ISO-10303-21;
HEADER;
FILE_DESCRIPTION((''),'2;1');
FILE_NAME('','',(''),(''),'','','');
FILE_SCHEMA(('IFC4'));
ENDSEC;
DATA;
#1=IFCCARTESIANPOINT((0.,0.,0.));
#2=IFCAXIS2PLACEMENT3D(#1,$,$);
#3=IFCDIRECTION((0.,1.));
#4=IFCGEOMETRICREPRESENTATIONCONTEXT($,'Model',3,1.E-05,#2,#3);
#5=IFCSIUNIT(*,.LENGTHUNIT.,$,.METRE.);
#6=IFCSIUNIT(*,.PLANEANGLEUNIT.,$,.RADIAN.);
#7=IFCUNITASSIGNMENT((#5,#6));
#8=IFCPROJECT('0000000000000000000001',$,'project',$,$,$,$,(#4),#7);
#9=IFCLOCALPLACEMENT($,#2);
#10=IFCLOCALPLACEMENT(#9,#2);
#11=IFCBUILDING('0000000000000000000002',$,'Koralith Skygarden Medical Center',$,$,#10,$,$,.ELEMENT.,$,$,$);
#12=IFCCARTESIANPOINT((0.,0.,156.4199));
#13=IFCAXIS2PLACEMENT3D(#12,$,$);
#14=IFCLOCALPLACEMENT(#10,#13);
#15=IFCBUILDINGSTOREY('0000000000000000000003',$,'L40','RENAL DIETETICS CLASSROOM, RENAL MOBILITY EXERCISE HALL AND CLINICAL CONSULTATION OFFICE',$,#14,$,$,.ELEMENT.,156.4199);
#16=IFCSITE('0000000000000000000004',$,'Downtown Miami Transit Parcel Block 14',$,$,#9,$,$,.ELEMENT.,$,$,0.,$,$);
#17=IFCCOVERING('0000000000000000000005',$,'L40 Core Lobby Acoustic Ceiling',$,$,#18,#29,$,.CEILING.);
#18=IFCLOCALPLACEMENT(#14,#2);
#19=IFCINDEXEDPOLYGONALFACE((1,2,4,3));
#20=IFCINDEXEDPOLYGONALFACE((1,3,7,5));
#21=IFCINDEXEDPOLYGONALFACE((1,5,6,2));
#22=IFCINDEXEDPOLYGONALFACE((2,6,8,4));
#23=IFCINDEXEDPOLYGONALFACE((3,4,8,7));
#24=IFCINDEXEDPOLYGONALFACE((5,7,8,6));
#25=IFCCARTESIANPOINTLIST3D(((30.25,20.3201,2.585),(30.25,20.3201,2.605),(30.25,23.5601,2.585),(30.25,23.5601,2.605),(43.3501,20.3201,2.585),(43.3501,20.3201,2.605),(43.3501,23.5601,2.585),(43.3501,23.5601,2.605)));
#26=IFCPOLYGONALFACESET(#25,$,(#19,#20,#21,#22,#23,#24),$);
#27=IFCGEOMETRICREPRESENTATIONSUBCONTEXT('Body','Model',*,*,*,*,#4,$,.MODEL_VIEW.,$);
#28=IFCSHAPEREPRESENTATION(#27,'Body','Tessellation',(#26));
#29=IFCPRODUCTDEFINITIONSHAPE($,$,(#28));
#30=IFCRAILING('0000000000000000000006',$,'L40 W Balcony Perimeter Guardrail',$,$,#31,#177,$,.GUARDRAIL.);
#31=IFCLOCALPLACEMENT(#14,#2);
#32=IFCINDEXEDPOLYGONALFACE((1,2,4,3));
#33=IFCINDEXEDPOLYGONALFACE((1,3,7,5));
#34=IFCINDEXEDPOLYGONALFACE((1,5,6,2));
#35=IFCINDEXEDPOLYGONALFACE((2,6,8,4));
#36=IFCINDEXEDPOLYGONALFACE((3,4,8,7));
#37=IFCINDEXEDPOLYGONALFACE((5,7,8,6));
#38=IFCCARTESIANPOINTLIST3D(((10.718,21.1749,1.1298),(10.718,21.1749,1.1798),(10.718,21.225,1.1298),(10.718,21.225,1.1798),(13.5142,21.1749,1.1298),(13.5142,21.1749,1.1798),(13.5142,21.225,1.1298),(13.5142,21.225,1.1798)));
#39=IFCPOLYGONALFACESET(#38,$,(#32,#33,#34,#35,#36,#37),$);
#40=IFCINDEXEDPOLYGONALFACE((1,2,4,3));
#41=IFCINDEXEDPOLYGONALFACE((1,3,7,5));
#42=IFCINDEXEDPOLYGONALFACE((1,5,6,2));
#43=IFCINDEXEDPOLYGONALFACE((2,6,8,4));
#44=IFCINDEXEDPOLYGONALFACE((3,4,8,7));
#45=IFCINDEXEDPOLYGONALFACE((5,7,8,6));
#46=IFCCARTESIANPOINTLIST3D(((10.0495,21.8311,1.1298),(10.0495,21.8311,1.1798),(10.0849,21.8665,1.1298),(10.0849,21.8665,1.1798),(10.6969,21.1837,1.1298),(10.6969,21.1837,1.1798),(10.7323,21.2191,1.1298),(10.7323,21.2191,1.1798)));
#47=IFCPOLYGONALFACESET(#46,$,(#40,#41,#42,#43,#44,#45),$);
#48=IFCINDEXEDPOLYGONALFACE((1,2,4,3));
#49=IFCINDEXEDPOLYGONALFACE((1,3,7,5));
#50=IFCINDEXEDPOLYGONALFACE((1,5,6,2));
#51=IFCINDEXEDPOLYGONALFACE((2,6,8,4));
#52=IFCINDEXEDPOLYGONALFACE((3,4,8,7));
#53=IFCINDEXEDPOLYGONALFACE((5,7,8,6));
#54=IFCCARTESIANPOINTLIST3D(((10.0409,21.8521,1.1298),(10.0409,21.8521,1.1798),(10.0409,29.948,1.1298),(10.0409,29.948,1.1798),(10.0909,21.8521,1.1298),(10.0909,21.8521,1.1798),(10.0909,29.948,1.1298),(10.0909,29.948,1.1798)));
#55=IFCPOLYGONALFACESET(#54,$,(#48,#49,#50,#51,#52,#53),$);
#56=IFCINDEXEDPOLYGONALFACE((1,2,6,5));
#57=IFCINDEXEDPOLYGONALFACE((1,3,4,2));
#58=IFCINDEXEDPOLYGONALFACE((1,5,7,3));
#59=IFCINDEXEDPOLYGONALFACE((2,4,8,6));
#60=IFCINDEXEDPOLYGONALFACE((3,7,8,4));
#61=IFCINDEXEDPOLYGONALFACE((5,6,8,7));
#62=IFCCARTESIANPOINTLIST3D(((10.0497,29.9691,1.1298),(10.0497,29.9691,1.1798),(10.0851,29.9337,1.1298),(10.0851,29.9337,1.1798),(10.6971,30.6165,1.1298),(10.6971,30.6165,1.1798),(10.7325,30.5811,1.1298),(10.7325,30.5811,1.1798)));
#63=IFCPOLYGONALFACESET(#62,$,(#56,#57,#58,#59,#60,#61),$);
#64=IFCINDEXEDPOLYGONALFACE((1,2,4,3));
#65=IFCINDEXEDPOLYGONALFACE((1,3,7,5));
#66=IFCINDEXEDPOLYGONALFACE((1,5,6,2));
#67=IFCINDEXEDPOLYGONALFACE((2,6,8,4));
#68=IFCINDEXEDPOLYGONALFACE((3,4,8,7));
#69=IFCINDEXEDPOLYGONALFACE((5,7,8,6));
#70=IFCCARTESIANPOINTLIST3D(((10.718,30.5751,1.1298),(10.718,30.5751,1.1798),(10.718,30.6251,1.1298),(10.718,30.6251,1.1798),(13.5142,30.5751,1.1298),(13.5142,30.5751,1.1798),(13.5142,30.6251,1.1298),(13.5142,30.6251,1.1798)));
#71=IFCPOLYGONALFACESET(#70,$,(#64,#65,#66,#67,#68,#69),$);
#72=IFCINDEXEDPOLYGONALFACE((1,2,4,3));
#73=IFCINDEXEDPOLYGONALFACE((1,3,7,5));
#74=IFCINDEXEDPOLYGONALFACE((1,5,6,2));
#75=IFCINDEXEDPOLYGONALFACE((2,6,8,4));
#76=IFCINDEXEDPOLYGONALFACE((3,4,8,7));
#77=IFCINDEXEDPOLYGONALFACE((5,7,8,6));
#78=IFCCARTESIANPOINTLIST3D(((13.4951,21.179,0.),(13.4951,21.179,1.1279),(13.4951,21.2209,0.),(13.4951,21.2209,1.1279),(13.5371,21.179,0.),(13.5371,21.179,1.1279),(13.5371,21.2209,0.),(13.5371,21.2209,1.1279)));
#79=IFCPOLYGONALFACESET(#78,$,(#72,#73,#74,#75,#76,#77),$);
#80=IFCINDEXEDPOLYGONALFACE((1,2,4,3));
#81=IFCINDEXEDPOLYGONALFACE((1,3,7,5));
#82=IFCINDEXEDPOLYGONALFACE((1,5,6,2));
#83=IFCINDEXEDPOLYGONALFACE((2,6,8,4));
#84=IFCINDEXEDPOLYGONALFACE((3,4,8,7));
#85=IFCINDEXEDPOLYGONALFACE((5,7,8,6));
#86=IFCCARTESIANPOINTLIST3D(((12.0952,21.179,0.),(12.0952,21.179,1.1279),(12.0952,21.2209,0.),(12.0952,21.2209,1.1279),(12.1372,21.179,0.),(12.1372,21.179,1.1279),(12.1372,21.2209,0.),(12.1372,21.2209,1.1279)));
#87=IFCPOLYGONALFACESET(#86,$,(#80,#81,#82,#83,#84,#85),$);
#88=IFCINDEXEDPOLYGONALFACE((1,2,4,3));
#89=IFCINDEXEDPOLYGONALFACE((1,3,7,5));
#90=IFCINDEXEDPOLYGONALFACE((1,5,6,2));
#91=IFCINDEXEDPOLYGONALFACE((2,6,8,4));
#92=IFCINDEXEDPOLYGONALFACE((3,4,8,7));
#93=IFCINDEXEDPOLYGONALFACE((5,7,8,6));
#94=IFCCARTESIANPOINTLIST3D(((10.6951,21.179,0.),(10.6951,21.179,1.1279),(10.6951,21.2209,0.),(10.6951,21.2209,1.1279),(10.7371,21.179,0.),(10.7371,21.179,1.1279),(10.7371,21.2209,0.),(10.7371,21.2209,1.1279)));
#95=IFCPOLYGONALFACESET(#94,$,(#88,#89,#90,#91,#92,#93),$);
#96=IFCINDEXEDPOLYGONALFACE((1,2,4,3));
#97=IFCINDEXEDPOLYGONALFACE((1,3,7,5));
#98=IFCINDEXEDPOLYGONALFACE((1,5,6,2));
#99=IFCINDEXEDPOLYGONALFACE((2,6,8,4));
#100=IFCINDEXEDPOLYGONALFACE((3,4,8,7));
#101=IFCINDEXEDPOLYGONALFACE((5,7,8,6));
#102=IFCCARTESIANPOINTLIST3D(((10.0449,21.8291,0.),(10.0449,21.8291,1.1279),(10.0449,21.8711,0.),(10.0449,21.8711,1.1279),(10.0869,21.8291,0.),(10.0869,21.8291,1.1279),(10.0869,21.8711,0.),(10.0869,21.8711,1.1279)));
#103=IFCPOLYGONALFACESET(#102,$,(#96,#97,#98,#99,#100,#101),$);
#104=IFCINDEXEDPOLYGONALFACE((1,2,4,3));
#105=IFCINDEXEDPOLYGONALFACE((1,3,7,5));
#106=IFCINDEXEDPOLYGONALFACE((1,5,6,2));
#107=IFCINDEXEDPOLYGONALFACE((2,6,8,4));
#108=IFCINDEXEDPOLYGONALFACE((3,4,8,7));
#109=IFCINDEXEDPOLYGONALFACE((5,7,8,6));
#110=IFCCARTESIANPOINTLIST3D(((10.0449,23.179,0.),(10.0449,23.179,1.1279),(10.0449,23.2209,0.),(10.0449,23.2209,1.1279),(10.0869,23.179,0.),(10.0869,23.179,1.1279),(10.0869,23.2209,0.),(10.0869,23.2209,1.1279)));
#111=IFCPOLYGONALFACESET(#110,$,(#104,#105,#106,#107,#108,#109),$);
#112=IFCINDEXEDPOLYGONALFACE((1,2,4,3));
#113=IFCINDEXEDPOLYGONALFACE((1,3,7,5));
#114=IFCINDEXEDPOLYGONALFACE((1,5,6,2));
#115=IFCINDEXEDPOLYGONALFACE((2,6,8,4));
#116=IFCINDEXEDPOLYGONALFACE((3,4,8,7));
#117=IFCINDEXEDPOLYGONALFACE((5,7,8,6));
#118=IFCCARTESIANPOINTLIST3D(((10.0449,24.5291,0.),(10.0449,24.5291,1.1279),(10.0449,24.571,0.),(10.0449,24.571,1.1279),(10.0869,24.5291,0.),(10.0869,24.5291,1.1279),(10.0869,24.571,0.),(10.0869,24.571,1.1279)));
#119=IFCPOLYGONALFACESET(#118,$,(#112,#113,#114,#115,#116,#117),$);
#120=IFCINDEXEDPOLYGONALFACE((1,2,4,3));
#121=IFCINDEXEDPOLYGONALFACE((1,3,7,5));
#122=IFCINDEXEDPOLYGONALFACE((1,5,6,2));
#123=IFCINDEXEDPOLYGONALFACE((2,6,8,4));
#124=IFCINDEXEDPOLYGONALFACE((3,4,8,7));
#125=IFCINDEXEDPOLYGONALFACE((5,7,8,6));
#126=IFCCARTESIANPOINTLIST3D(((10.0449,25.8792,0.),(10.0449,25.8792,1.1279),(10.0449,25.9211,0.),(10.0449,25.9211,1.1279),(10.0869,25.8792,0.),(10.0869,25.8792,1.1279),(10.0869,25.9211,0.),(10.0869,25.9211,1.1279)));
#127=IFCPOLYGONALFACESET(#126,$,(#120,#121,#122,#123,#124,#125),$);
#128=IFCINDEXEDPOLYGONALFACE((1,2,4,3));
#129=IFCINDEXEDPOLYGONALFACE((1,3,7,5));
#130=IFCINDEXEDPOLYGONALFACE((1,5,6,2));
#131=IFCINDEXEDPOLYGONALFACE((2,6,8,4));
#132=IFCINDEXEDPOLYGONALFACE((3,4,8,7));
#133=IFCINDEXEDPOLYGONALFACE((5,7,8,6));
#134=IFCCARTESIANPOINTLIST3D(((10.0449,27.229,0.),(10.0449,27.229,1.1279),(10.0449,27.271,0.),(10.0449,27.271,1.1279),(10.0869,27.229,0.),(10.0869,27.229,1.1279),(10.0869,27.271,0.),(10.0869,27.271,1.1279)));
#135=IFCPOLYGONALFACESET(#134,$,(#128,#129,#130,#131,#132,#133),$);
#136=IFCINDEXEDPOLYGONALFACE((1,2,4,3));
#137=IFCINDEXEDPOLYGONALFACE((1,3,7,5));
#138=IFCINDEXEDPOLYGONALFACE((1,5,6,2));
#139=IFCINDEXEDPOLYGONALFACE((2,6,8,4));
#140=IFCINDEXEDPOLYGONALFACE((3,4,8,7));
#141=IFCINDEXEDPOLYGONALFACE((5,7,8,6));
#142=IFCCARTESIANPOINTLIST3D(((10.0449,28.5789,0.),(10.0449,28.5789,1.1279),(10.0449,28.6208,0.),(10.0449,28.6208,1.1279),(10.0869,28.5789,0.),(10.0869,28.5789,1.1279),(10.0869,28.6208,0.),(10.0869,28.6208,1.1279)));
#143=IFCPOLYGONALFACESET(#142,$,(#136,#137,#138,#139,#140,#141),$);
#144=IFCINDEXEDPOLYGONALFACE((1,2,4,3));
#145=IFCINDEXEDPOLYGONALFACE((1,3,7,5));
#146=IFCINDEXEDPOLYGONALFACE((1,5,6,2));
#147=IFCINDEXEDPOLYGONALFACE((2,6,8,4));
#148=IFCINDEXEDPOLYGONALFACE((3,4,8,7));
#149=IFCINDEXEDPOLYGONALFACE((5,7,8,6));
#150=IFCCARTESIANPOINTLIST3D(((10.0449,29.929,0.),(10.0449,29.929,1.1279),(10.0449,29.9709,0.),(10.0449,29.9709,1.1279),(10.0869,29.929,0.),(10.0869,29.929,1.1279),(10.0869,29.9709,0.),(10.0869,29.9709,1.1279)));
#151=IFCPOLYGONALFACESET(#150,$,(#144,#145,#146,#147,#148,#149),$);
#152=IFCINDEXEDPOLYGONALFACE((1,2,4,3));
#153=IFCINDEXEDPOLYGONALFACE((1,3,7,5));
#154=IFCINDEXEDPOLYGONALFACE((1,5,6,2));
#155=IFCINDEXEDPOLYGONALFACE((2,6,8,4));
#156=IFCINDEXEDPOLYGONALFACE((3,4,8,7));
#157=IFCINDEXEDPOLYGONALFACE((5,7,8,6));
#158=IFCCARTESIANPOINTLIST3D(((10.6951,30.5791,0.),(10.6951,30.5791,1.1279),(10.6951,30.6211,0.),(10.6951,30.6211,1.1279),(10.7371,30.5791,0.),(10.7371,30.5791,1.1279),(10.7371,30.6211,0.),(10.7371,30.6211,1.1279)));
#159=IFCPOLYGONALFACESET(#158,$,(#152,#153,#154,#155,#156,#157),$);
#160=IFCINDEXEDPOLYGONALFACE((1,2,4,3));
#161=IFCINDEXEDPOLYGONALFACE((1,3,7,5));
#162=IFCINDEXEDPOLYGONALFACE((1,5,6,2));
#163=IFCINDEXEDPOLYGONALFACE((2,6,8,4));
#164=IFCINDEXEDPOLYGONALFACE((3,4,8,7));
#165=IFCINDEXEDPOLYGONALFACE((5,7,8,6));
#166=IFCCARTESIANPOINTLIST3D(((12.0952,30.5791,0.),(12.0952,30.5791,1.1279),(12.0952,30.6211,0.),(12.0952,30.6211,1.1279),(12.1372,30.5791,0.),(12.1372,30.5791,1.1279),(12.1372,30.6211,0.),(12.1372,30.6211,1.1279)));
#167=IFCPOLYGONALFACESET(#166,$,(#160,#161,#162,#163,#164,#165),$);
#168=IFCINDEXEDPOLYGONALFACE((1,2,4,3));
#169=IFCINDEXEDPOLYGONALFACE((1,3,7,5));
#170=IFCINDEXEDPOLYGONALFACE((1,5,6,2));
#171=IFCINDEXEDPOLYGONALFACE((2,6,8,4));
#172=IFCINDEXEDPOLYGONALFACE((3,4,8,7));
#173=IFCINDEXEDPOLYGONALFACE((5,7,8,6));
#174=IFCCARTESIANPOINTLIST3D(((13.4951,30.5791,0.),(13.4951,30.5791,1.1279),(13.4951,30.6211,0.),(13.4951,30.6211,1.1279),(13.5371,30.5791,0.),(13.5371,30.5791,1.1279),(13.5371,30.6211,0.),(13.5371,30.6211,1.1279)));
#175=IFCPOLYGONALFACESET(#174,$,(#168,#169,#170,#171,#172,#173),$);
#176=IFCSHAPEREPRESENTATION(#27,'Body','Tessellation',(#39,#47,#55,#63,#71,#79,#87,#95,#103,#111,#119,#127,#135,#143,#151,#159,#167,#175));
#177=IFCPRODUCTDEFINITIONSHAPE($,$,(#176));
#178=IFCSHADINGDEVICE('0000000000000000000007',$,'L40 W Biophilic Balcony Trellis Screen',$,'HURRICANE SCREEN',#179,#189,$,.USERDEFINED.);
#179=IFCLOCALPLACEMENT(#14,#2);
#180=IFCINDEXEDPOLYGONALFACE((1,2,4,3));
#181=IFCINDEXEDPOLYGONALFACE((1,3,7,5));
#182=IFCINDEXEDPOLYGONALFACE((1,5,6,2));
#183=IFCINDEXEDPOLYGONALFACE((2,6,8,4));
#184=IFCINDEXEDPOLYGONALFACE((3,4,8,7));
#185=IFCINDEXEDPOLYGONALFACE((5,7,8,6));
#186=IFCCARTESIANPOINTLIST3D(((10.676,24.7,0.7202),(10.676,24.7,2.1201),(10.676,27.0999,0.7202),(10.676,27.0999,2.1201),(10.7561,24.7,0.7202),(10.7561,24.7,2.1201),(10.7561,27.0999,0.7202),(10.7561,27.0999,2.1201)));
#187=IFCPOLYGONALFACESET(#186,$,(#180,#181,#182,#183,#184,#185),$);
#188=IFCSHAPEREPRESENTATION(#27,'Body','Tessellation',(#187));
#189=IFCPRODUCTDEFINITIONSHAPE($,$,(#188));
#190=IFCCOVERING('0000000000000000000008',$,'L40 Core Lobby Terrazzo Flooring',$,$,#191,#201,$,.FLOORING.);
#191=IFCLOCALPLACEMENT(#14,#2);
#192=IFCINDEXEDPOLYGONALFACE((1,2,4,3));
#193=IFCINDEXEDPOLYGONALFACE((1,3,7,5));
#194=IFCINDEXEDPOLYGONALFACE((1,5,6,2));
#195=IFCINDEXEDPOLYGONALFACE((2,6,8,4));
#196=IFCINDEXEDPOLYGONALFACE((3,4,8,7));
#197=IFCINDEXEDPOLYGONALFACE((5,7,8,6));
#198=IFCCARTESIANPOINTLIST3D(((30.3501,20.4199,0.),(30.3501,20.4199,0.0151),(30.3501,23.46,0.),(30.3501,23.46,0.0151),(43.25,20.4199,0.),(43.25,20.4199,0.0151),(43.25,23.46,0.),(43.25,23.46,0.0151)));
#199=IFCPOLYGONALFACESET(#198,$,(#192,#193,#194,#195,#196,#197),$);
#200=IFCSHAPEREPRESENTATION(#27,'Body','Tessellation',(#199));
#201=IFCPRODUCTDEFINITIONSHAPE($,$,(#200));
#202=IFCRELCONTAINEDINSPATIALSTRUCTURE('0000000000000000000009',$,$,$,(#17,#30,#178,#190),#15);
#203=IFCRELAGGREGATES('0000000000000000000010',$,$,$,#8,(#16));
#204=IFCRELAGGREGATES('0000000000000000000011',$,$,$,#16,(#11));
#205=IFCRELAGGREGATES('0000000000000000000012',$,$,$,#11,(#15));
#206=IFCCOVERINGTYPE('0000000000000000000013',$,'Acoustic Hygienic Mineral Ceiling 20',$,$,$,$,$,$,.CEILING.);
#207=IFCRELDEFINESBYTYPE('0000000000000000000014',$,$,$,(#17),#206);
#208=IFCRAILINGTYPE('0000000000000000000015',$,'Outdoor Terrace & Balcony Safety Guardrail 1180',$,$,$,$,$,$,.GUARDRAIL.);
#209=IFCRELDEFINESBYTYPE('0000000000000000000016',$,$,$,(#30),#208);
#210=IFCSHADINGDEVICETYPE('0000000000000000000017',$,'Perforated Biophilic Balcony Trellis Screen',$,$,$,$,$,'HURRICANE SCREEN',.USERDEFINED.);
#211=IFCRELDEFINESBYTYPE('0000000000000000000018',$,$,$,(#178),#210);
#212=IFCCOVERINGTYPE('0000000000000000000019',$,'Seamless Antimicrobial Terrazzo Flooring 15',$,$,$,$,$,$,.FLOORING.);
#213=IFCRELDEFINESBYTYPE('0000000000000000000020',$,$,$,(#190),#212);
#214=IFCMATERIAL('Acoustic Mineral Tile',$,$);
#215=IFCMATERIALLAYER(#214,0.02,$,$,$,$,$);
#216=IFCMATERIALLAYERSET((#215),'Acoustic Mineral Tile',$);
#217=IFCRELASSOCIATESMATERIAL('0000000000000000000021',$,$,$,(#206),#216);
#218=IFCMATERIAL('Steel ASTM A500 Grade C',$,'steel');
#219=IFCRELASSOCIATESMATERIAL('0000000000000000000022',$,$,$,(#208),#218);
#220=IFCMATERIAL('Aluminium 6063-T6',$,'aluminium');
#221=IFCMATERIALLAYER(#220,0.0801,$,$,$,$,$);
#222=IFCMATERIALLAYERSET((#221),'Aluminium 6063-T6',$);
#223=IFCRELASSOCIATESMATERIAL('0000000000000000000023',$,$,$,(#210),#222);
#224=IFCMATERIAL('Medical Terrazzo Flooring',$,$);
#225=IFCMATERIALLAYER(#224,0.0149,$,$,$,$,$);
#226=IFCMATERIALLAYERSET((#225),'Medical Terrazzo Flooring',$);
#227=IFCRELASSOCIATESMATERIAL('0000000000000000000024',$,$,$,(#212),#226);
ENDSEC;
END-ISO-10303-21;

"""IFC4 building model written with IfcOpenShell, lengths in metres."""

from ifc_helpers import new_model, si_unit, direction, frame, origin, origin_2d, place, context, subcontext, project, spatial, polyline, rectangle, outline, extrude, material, layer, layer_set, type_object, element, save


model = new_model("IFC4")

# Units and contexts
model_context = context("Model", 3, precision=1e-05, world=origin(), true_north=direction((0.0, 1.0)))
body_context = subcontext(model_context, "Body", "Model", "MODEL_VIEW")
ifc_project = project(units=[si_unit("LENGTHUNIT", "METRE"), si_unit("PLANEANGLEUNIT", "RADIAN")], contexts=[model_context])

# Site, building, storey
site_placement = place(None, origin())
site = spatial("IfcSite", under=ifc_project, at=site_placement, Name="Downtown Miami Transit Parcel Block 14", CompositionType="ELEMENT", RefElevation=0.0)
building_placement = place(site_placement, origin())
building = spatial("IfcBuilding", under=site, at=building_placement, Name="Koralith Skygarden Medical Center", CompositionType="ELEMENT")
storey_placement = place(building_placement, frame((0.0, 0.0, 156.4199)))
storey = spatial("IfcBuildingStorey", under=building, at=storey_placement, Name="L40", Description="RENAL DIETETICS CLASSROOM, RENAL MOBILITY EXERCISE HALL AND CLINICAL CONSULTATION OFFICE", CompositionType="ELEMENT", Elevation=156.4199)

# Shared definitions
ifc_material_1 = material(Name="Aluminium 6063-T6", Category="aluminium")

# Covering
ifc_material_2 = material(Name="Acoustic Mineral Tile")
ifc_layer_1 = layer(ifc_material_2, 0.02)
ifc_layer_set_1 = layer_set([ifc_layer_1], Name="Acoustic Mineral Tile")
covering_type_1 = type_object("IfcCoveringType", Name="Acoustic Hygienic Mineral Ceiling 20", PredefinedType="CEILING", material=ifc_layer_set_1)
covering_1_placement = place(storey_placement, frame((0.0, 0.0, 2.585)))
element("IfcCovering", 1, at=covering_1_placement, inside=storey, type_object=covering_type_1, Name="L40 Core Lobby Acoustic Ceiling", PredefinedType="CEILING", context=body_context, shape_type="SweptSolid", body=[
    extrude(outline(polyline([(30.25, 20.3201), (43.3501, 20.3201), (43.3501, 23.5601), (30.25, 23.5601), (30.25, 20.3201)])), origin(), (0.0, 0.0, 1.0), 0.02),
])

# Railing
ifc_material_3 = material(Name="Steel ASTM A500 Grade C", Category="steel")
railing_type = type_object("IfcRailingType", Name="Outdoor Terrace & Balcony Safety Guardrail 1180", PredefinedType="GUARDRAIL", material=ifc_material_3)
railing_placement = place(storey_placement, frame((13.5161, 21.2, 0.0)))
element("IfcRailing", 2, at=railing_placement, inside=storey, type_object=railing_type, Name="L40 W Balcony Perimeter Guardrail", PredefinedType="GUARDRAIL", context=body_context, shape_type="SweptSolid", body=[
    extrude(rectangle(XDim=0.05, YDim=0.05, at=origin_2d()), frame((-0.002, 0.0, 1.1548), z_axis=(-1.0, 0.0, 0.0), x_axis=(0.0, -1.0, 0.0)), (0.0, 0.0, 1.0), 2.7961),
    extrude(rectangle(XDim=0.05, YDim=0.05, at=origin_2d()), frame((-2.8015, 0.0015, 1.1548), z_axis=(-0.707107, 0.707107, 0.0), x_axis=(-0.707107, -0.707107, 0.0)), (0.0, 0.0, 1.0), 0.9155),
    extrude(rectangle(XDim=0.05, YDim=0.05, at=origin_2d()), frame((-3.4502, 0.6521, 1.1548), z_axis=(0.0, 1.0, 0.0), x_axis=(-1.0, 0.0, 0.0)), (0.0, 0.0, 1.0), 8.0959),
    extrude(rectangle(XDim=0.05, YDim=0.05, at=origin_2d()), frame((-3.4487, 8.7515, 1.1548), z_axis=(0.707107, 0.707107, 0.0), x_axis=(-0.707107, 0.707107, 0.0)), (0.0, 0.0, 1.0), 0.9155),
    extrude(rectangle(XDim=0.05, YDim=0.05, at=origin_2d()), frame((-2.7981, 9.4001, 1.1548), z_axis=(1.0, 0.0, 0.0), x_axis=(0.0, 1.0, 0.0)), (0.0, 0.0, 1.0), 2.7961),
    extrude(rectangle(XDim=0.042, YDim=0.042, at=origin_2d()), origin(), (0.0, 0.0, 1.0), 1.1279),
    extrude(rectangle(XDim=0.042, YDim=0.042, at=origin_2d()), frame((-1.3999, 0.0, 0.0)), (0.0, 0.0, 1.0), 1.1279),
    extrude(rectangle(XDim=0.042, YDim=0.042, at=origin_2d()), frame((-2.8, 0.0, 0.0)), (0.0, 0.0, 1.0), 1.1279),
    extrude(rectangle(XDim=0.042, YDim=0.042, at=origin_2d()), frame((-3.4502, 0.6501, 0.0)), (0.0, 0.0, 1.0), 1.1279),
    extrude(rectangle(XDim=0.042, YDim=0.042, at=origin_2d()), frame((-3.4502, 2.0, 0.0)), (0.0, 0.0, 1.0), 1.1279),
    extrude(rectangle(XDim=0.042, YDim=0.042, at=origin_2d()), frame((-3.4502, 3.3501, 0.0)), (0.0, 0.0, 1.0), 1.1279),
    extrude(rectangle(XDim=0.042, YDim=0.042, at=origin_2d()), frame((-3.4502, 4.7002, 0.0)), (0.0, 0.0, 1.0), 1.1279),
    extrude(rectangle(XDim=0.042, YDim=0.042, at=origin_2d()), frame((-3.4502, 6.05, 0.0)), (0.0, 0.0, 1.0), 1.1279),
    extrude(rectangle(XDim=0.042, YDim=0.042, at=origin_2d()), frame((-3.4502, 7.3999, 0.0)), (0.0, 0.0, 1.0), 1.1279),
    extrude(rectangle(XDim=0.042, YDim=0.042, at=origin_2d()), frame((-3.4502, 8.75, 0.0)), (0.0, 0.0, 1.0), 1.1279),
    extrude(rectangle(XDim=0.042, YDim=0.042, at=origin_2d()), frame((-2.8, 9.4001, 0.0)), (0.0, 0.0, 1.0), 1.1279),
    extrude(rectangle(XDim=0.042, YDim=0.042, at=origin_2d()), frame((-1.3999, 9.4001, 0.0)), (0.0, 0.0, 1.0), 1.1279),
    extrude(rectangle(XDim=0.042, YDim=0.042, at=origin_2d()), frame((0.0, 9.4001, 0.0)), (0.0, 0.0, 1.0), 1.1279),
])

# Shading device
ifc_layer_2 = layer(ifc_material_1, 0.0801)
ifc_layer_set_2 = layer_set([ifc_layer_2], Name="Aluminium 6063-T6")
shading_device_type = type_object("IfcShadingDeviceType", Name="Perforated Biophilic Balcony Trellis Screen", ElementType="HURRICANE SCREEN", PredefinedType="USERDEFINED", material=ifc_layer_set_2)
shading_device_placement = place(storey_placement, frame((10.7161, 25.8999, 0.7202), z_axis=(0.0, 0.0, 1.0), x_axis=(0.0, 1.0, 0.0)))
element("IfcShadingDevice", 3, at=shading_device_placement, inside=storey, type_object=shading_device_type, Name="L40 W Biophilic Balcony Trellis Screen", ObjectType="HURRICANE SCREEN", PredefinedType="USERDEFINED", context=body_context, shape_type="SweptSolid", body=[
    extrude(rectangle(XDim=2.3999, YDim=0.0801, at=origin_2d()), origin(), (0.0, 0.0, 1.0), 1.3999),
])

# Covering
ifc_material_4 = material(Name="Medical Terrazzo Flooring")
ifc_layer_3 = layer(ifc_material_4, 0.0149)
ifc_layer_set_3 = layer_set([ifc_layer_3], Name="Medical Terrazzo Flooring")
covering_type_2 = type_object("IfcCoveringType", Name="Seamless Antimicrobial Terrazzo Flooring 15", PredefinedType="FLOORING", material=ifc_layer_set_3)
covering_2_placement = place(storey_placement, origin())
element("IfcCovering", 4, at=covering_2_placement, inside=storey, type_object=covering_type_2, Name="L40 Core Lobby Terrazzo Flooring", PredefinedType="FLOORING", context=body_context, shape_type="SweptSolid", body=[
    extrude(outline(polyline([(30.3501, 20.4199), (43.25, 20.4199), (43.25, 23.46), (30.3501, 23.46), (30.3501, 20.4199)])), origin(), (0.0, 0.0, 1.0), 0.0151),
])

save(model, "model.ifc")
